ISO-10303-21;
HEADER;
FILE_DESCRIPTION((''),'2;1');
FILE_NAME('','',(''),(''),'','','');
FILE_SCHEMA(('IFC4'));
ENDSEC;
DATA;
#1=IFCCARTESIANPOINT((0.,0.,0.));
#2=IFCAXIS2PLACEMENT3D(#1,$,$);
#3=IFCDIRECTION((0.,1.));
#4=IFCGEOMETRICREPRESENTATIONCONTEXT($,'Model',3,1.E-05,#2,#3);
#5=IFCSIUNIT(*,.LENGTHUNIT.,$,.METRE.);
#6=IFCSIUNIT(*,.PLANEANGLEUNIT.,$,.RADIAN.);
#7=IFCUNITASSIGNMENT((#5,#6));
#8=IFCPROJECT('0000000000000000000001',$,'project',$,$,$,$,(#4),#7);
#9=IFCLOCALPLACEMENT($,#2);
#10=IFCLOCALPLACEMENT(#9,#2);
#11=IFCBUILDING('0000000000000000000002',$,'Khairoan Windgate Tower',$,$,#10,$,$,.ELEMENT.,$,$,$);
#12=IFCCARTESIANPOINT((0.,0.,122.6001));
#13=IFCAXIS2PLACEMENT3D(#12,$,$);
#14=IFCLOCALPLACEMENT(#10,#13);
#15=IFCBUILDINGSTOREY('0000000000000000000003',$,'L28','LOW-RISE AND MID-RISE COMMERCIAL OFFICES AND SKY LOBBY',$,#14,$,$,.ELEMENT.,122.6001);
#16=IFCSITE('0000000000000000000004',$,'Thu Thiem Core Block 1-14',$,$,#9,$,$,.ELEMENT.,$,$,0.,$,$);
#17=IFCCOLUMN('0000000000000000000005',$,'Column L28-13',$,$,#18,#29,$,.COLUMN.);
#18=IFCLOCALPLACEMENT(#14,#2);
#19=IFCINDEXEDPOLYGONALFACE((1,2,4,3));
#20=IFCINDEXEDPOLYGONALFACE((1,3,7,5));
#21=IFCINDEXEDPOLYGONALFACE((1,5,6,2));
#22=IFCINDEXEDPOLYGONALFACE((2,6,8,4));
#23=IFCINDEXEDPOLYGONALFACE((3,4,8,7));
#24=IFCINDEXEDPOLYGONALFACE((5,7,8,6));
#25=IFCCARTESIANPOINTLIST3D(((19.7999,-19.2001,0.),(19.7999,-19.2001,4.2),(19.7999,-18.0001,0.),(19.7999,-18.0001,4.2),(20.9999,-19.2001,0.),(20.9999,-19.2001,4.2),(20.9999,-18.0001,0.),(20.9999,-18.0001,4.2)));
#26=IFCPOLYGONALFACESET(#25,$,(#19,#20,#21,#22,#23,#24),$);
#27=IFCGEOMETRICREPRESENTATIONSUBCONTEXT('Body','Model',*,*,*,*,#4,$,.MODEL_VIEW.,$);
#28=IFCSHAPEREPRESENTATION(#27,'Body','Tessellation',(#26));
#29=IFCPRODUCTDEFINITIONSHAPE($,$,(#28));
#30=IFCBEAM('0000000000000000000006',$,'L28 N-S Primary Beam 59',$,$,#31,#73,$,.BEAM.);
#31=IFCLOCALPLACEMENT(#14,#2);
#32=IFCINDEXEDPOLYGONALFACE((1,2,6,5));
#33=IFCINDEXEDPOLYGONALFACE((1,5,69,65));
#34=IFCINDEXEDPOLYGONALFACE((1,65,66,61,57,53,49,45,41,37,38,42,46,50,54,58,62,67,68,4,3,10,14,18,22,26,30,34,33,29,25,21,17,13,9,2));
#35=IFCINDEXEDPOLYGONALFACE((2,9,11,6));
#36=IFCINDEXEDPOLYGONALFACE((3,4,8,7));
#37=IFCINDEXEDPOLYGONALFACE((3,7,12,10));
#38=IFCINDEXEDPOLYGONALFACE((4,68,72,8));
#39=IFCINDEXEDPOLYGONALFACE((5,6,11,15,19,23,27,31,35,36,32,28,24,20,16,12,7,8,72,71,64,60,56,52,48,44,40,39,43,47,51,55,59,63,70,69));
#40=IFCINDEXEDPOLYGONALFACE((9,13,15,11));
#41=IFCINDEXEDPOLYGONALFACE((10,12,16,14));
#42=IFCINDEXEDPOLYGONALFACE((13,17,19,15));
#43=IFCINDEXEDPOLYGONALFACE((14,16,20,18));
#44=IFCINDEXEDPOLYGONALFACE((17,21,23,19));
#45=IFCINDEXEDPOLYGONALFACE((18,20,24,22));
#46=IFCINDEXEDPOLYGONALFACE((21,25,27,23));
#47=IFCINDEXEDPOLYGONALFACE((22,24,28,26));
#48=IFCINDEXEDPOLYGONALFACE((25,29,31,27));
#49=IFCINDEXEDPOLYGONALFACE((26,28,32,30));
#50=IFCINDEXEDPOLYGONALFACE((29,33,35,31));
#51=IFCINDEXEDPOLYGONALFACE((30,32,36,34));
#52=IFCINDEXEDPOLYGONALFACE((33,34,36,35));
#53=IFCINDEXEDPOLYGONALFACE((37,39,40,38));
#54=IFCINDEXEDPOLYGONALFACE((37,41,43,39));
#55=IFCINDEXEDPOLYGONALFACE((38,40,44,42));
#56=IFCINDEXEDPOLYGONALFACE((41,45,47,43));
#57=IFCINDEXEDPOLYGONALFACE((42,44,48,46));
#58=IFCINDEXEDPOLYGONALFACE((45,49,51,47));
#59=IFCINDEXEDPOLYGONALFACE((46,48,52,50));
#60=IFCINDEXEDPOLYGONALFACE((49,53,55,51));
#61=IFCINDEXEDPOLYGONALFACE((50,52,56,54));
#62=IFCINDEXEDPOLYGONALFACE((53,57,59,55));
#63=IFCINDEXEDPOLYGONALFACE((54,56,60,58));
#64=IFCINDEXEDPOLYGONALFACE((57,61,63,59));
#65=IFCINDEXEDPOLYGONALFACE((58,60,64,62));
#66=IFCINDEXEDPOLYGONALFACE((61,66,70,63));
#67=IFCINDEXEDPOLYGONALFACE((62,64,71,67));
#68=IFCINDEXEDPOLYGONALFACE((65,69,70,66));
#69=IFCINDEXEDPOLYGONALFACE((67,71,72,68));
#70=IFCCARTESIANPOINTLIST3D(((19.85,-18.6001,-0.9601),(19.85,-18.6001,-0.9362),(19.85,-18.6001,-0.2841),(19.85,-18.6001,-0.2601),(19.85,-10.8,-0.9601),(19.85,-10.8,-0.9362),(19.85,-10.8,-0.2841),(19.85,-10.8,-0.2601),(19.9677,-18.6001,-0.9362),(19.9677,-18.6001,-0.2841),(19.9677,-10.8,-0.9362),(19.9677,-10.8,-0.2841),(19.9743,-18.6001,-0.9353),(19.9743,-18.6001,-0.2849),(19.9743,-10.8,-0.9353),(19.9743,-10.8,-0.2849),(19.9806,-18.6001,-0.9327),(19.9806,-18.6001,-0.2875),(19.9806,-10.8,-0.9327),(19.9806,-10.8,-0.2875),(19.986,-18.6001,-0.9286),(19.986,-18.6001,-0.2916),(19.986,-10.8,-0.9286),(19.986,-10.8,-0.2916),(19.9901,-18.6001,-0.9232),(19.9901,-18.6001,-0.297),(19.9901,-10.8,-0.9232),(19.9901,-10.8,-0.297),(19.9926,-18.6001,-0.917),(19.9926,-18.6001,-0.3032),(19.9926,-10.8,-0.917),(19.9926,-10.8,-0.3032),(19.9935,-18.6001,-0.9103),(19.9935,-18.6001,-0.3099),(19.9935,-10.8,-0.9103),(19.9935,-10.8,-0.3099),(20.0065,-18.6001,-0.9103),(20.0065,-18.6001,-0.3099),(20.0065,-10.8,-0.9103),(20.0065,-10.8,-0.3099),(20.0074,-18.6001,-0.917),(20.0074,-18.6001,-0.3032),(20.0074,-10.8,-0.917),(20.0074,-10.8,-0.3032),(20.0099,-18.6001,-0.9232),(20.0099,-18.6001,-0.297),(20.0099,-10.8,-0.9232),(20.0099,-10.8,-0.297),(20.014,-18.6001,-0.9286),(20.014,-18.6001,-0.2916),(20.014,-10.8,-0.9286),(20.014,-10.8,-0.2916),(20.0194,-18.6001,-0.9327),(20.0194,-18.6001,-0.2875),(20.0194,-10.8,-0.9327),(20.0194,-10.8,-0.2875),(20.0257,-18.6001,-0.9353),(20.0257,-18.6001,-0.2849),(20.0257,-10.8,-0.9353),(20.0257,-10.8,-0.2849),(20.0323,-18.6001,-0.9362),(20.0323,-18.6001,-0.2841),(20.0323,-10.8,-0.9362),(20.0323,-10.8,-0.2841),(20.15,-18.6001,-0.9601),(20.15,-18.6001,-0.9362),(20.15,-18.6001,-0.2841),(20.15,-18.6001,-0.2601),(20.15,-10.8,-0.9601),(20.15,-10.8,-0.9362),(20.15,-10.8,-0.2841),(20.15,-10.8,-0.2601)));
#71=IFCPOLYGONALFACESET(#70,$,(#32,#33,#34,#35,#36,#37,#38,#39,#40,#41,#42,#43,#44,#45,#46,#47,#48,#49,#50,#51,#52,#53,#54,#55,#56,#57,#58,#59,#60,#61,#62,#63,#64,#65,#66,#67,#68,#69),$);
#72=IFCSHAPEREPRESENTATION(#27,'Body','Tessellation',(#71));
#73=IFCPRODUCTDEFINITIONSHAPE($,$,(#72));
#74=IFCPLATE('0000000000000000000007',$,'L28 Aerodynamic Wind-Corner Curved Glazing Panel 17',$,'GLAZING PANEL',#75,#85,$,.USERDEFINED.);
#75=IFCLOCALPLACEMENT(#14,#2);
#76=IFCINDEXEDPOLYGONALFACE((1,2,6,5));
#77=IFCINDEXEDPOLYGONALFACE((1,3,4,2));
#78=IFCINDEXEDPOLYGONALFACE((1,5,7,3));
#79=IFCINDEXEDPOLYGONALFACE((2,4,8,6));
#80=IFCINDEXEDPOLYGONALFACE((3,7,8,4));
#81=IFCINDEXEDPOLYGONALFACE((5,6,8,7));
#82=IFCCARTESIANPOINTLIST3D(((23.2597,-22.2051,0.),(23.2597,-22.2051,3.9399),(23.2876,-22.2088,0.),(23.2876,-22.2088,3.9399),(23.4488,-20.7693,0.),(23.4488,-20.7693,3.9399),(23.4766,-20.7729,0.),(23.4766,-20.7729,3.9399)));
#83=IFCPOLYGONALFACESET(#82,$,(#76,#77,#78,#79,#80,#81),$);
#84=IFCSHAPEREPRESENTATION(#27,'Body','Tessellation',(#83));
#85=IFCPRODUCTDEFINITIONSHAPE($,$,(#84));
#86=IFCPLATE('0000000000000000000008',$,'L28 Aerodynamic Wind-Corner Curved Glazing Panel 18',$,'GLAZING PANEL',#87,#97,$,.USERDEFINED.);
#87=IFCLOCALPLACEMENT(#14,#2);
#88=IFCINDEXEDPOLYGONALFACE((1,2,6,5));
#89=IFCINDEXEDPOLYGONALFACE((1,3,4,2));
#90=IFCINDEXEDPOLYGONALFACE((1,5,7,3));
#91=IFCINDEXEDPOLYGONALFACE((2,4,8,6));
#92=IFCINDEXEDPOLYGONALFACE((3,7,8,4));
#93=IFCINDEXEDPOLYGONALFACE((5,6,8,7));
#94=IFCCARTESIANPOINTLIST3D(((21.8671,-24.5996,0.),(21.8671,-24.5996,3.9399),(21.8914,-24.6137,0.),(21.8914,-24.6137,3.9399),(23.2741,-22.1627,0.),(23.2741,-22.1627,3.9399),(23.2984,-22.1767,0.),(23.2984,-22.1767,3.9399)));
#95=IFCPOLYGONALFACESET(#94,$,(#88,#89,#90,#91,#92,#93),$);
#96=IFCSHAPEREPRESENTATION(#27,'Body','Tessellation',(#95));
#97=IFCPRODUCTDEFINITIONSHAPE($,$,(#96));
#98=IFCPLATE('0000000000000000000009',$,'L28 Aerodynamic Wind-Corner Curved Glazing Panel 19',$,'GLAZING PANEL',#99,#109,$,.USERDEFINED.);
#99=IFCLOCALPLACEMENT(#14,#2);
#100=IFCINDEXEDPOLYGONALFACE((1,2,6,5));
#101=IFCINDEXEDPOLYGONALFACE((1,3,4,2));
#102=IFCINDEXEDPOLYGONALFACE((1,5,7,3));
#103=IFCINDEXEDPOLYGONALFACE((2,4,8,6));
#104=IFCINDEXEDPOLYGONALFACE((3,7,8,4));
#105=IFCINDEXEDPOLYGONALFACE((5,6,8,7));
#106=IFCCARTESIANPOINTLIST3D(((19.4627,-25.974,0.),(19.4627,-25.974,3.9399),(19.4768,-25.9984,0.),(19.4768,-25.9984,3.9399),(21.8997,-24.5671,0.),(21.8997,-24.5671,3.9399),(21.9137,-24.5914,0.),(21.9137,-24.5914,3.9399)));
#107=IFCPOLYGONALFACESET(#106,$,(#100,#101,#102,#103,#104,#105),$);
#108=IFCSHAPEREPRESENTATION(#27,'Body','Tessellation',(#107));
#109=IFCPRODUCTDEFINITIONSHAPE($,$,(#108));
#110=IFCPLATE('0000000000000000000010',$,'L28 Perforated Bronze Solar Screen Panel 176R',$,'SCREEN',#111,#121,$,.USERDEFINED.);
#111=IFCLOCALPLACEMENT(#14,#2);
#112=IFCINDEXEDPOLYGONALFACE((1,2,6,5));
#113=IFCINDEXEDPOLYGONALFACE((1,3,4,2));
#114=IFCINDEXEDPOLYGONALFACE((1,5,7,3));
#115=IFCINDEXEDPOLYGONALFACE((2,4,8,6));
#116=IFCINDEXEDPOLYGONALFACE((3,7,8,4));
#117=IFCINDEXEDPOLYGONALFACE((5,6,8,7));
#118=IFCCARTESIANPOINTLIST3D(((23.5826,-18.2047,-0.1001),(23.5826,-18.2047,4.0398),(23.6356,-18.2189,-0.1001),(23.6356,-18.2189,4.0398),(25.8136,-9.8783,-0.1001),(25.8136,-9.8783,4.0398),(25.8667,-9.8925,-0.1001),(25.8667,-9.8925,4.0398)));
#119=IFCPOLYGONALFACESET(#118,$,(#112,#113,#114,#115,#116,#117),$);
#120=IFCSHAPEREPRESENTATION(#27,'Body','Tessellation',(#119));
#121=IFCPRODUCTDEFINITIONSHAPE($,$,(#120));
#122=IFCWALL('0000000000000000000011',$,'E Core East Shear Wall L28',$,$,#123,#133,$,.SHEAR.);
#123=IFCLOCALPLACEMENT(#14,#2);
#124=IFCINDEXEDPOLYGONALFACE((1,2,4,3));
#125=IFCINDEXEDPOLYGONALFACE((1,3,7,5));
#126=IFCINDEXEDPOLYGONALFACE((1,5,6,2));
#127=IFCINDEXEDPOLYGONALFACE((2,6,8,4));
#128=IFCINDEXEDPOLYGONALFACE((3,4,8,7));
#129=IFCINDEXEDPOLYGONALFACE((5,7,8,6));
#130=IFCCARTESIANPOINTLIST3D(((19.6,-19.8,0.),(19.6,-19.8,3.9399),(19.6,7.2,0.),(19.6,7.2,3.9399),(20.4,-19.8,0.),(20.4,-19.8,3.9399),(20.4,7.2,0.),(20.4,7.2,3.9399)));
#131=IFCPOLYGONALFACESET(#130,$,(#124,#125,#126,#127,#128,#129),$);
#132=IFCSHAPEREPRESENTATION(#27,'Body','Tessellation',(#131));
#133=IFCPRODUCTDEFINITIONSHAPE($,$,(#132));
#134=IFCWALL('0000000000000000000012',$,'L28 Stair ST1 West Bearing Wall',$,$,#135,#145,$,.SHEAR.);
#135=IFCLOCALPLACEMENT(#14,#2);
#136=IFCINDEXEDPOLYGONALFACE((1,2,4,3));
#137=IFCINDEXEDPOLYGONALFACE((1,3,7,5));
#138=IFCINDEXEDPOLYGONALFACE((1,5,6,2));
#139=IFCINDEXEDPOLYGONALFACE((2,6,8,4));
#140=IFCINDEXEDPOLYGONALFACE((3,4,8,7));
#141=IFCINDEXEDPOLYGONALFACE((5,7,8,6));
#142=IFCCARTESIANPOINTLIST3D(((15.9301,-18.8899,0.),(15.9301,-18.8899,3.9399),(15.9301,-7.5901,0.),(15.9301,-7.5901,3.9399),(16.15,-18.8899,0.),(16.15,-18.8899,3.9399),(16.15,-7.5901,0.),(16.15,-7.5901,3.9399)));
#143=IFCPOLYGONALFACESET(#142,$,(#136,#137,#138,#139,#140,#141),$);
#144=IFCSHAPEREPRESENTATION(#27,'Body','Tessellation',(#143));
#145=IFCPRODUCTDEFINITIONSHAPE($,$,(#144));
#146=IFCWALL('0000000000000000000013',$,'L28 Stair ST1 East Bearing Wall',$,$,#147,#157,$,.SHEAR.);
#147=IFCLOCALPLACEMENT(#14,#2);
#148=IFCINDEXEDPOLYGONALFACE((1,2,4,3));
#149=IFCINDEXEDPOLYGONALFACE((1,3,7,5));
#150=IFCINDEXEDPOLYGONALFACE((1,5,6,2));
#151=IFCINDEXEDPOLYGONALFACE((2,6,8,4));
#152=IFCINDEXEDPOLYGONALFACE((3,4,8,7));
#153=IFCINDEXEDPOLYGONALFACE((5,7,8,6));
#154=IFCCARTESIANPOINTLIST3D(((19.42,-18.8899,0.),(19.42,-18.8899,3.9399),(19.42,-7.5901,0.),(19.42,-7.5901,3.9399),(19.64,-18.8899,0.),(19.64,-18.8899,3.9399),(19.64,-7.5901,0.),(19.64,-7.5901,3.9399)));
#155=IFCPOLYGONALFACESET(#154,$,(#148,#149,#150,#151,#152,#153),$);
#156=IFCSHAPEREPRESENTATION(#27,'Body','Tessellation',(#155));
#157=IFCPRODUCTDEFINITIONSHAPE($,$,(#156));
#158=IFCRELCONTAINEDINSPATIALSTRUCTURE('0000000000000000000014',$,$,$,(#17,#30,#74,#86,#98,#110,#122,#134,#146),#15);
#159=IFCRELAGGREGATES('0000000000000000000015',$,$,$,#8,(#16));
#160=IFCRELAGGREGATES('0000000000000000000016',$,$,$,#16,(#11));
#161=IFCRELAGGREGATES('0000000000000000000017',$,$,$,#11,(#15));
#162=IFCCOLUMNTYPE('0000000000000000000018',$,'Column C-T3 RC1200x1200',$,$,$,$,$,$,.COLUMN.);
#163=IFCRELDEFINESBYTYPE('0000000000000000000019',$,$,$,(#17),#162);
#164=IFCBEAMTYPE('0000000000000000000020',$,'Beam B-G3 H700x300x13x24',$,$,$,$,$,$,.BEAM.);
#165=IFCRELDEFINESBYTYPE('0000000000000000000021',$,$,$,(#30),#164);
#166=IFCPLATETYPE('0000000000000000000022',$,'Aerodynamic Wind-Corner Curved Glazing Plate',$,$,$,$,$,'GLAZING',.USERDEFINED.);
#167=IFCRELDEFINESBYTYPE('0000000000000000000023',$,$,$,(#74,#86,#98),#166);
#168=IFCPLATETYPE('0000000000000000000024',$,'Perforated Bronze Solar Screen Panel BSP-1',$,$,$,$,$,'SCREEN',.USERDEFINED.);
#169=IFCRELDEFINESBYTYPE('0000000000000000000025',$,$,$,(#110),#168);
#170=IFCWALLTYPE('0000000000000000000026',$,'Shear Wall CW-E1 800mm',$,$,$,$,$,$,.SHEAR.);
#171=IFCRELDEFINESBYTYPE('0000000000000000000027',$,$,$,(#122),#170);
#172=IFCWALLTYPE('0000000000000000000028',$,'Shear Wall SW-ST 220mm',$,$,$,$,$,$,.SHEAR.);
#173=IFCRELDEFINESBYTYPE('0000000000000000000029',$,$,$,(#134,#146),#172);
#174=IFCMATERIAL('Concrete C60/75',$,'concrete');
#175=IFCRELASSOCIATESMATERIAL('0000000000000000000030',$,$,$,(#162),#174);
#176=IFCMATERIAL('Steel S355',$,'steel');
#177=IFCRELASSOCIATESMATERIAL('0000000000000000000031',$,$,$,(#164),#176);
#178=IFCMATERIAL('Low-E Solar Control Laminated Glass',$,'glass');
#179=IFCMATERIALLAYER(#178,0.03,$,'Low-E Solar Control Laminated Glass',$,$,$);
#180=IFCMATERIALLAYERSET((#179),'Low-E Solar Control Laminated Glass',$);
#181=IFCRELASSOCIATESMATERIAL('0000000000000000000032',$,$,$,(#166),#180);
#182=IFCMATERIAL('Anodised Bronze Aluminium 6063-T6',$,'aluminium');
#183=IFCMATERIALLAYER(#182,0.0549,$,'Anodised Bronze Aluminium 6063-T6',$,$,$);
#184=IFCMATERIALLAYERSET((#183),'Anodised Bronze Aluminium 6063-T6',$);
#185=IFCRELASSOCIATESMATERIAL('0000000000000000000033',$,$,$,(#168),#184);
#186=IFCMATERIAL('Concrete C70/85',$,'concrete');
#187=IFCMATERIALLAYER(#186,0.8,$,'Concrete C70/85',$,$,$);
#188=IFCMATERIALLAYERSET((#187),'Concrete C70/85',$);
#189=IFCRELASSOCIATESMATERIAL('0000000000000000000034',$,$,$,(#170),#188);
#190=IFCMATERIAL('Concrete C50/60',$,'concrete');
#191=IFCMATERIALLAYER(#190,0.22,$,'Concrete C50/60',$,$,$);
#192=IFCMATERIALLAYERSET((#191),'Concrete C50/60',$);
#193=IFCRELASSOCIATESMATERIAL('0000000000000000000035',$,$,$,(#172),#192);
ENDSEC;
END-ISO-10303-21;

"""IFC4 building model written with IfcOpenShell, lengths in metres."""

from ifc_helpers import new_model, si_unit, direction, frame, frame_2d, origin, origin_2d, place, context, subcontext, project, spatial, rectangle, i_section, extrude, material, layer, layer_set, material_profile, profile_set, type_object, element, save


model = new_model("IFC4")

# Units and contexts
model_context = context("Model", 3, precision=1e-05, world=origin(), true_north=direction((0.0, 1.0)))
body_context = subcontext(model_context, "Body", "Model", "MODEL_VIEW")
ifc_project = project(units=[si_unit("LENGTHUNIT", "METRE"), si_unit("PLANEANGLEUNIT", "RADIAN")], contexts=[model_context])

# Site, building, storey
site_placement = place(None, origin())
site = spatial("IfcSite", under=ifc_project, at=site_placement, Name="Thu Thiem Core Block 1-14", CompositionType="ELEMENT", RefElevation=0.0)
building_placement = place(site_placement, origin())
building = spatial("IfcBuilding", under=site, at=building_placement, Name="Khairoan Windgate Tower", CompositionType="ELEMENT")
storey_placement = place(building_placement, frame((0.0, 0.0, 122.6001)))
storey = spatial("IfcBuildingStorey", under=building, at=storey_placement, Name="L28", Description="LOW-RISE AND MID-RISE COMMERCIAL OFFICES AND SKY LOBBY", CompositionType="ELEMENT", Elevation=122.6001)

# Column
ifc_material_1 = material(Name="Concrete C60/75", Category="concrete")
ifc_material_profile_1 = material_profile(ifc_material_1, rectangle(XDim=1.2, YDim=1.2, at=origin_2d()))
ifc_profile_set_1 = profile_set([ifc_material_profile_1], Name="Concrete C60/75")
column_type = type_object("IfcColumnType", Name="Column C-T3 RC1200x1200", PredefinedType="COLUMN", material=ifc_profile_set_1)
column_placement = place(storey_placement, frame((20.3999, -18.6001, 0.0), z_axis=(0.0, 0.0, 1.0), x_axis=(1.0, 0.0, 0.0)))
element("IfcColumn", 1, at=column_placement, inside=storey, type_object=column_type, Name="Column L28-13", PredefinedType="COLUMN", context=body_context, shape_type="SweptSolid", body=[
    extrude(rectangle(XDim=1.2, YDim=1.2, at=origin_2d()), origin(), (0.0, 0.0, 1.0), 4.2),
])

# Beam
ifc_material_2 = material(Name="Steel S355", Category="steel")
ifc_material_profile_2 = material_profile(ifc_material_2, i_section(OverallWidth=0.3, OverallDepth=0.7, WebThickness=0.0129, FlangeThickness=0.0239, FilletRadius=0.0259, at=origin_2d()))
ifc_profile_set_2 = profile_set([ifc_material_profile_2], Name="Steel S355")
beam_type = type_object("IfcBeamType", Name="Beam B-G3 H700x300x13x24", PredefinedType="BEAM", material=ifc_profile_set_2)
beam_placement = place(storey_placement, frame((20.0, -18.6001, -0.6101), z_axis=(0.0, 1.0, 0.0), x_axis=(-1.0, 0.0, 0.0)))
element("IfcBeam", 2, at=beam_placement, inside=storey, type_object=beam_type, Name="L28 N-S Primary Beam 59", PredefinedType="BEAM", context=body_context, shape_type="SweptSolid", body=[
    extrude(i_section(OverallWidth=0.3, OverallDepth=0.7, WebThickness=0.0129, FlangeThickness=0.0239, FilletRadius=0.0259, at=origin_2d()), origin(), (0.0, 0.0, 1.0), 7.8),
])

# Plates
ifc_material_3 = material(Name="Low-E Solar Control Laminated Glass", Category="glass")
ifc_layer_1 = layer(ifc_material_3, 0.03, Name="Low-E Solar Control Laminated Glass")
ifc_layer_set_1 = layer_set([ifc_layer_1], Name="Low-E Solar Control Laminated Glass")
plate_type_1 = type_object("IfcPlateType", Name="Aerodynamic Wind-Corner Curved Glazing Plate", ElementType="GLAZING", PredefinedType="USERDEFINED", material=ifc_layer_set_1)
plate_1_placement = place(storey_placement, frame((23.3682, -21.489, 0.0), z_axis=(0.0, 0.0, 1.0), x_axis=(-0.130526, -0.991445, 0.0)))
element("IfcPlate", 3, at=plate_1_placement, inside=storey, type_object=plate_type_1, Name="L28 Aerodynamic Wind-Corner Curved Glazing Panel 17", ObjectType="GLAZING PANEL", PredefinedType="USERDEFINED", context=body_context, shape_type="SweptSolid", body=[
    extrude(rectangle(XDim=1.4482, YDim=0.0281, at=origin_2d()), origin(), (0.0, 0.0, 1.0), 3.9399),
])
for number, where, z_axis, x_axis, name in (
    (4, (22.5828, -23.3882, 0.0), (0.0, 0.0, 1.0), (-0.5, -0.866025, 0.0), "L28 Aerodynamic Wind-Corner Curved Glazing Panel 18"),
    (5, (20.6882, -25.2827, 0.0), (0.0, 0.0, 1.0), (-0.866025, -0.5, 0.0), "L28 Aerodynamic Wind-Corner Curved Glazing Panel 19"),
):
    element("IfcPlate", number, at=place(storey_placement, frame(where, z_axis=z_axis, x_axis=x_axis)), inside=storey, type_object=plate_type_1, Name=name, ObjectType="GLAZING PANEL", PredefinedType="USERDEFINED", context=body_context, shape_type="SweptSolid", body=[
        extrude(rectangle(XDim=2.814, YDim=0.0281, at=origin_2d()), origin(), (0.0, 0.0, 1.0), 3.9399),
    ])

# Plate
ifc_material_4 = material(Name="Anodised Bronze Aluminium 6063-T6", Category="aluminium")
ifc_layer_2 = layer(ifc_material_4, 0.0549, Name="Anodised Bronze Aluminium 6063-T6")
ifc_layer_set_2 = layer_set([ifc_layer_2], Name="Anodised Bronze Aluminium 6063-T6")
plate_type_2 = type_object("IfcPlateType", Name="Perforated Bronze Solar Screen Panel BSP-1", ElementType="SCREEN", PredefinedType="USERDEFINED", material=ifc_layer_set_2)
plate_2_placement = place(storey_placement, frame((24.7246, -14.0486, -0.1001), z_axis=(0.0, 0.0, 1.0), x_axis=(-0.258819, -0.965926, 0.0)))
element("IfcPlate", 6, at=plate_2_placement, inside=storey, type_object=plate_type_2, Name="L28 Perforated Bronze Solar Screen Panel 176R", ObjectType="SCREEN", PredefinedType="USERDEFINED", context=body_context, shape_type="SweptSolid", body=[
    extrude(rectangle(XDim=8.6201, YDim=0.0549, at=origin_2d()), origin(), (0.0, 0.0, 1.0), 4.1399),
])

# Walls
ifc_material_5 = material(Name="Concrete C70/85", Category="concrete")
ifc_layer_3 = layer(ifc_material_5, 0.8, Name="Concrete C70/85")
ifc_layer_set_3 = layer_set([ifc_layer_3], Name="Concrete C70/85")
wall_type_1 = type_object("IfcWallType", Name="Shear Wall CW-E1 800mm", PredefinedType="SHEAR", material=ifc_layer_set_3)
wall_placement = place(storey_placement, frame((20.0, -19.8, 0.0), z_axis=(0.0, 0.0, 1.0), x_axis=(0.0, 1.0, 0.0)))
element("IfcWall", 7, at=wall_placement, inside=storey, type_object=wall_type_1, Name="E Core East Shear Wall L28", PredefinedType="SHEAR", context=body_context, shape_type="SweptSolid", body=[
    extrude(rectangle(XDim=27.0, YDim=0.8, at=frame_2d((13.5, 0.0))), origin(), (0.0, 0.0, 1.0), 3.9399),
])
ifc_material_6 = material(Name="Concrete C50/60", Category="concrete")
ifc_layer_4 = layer(ifc_material_6, 0.22, Name="Concrete C50/60")
ifc_layer_set_4 = layer_set([ifc_layer_4], Name="Concrete C50/60")
wall_type_2 = type_object("IfcWallType", Name="Shear Wall SW-ST 220mm", PredefinedType="SHEAR", material=ifc_layer_set_4)
for number, where, z_axis, x_axis, name in (
    (8, (16.04, -18.8899, 0.0), (0.0, 0.0, 1.0), (0.0, 1.0, 0.0), "L28 Stair ST1 West Bearing Wall"),
    (9, (19.53, -18.8899, 0.0), (0.0, 0.0, 1.0), (0.0, 1.0, 0.0), "L28 Stair ST1 East Bearing Wall"),
):
    element("IfcWall", number, at=place(storey_placement, frame(where, z_axis=z_axis, x_axis=x_axis)), inside=storey, type_object=wall_type_2, Name=name, PredefinedType="SHEAR", context=body_context, shape_type="SweptSolid", body=[
        extrude(rectangle(XDim=11.2998, YDim=0.22, at=frame_2d((5.6499, 0.0))), origin(), (0.0, 0.0, 1.0), 3.9399),
    ])

save(model, "model.ifc")
